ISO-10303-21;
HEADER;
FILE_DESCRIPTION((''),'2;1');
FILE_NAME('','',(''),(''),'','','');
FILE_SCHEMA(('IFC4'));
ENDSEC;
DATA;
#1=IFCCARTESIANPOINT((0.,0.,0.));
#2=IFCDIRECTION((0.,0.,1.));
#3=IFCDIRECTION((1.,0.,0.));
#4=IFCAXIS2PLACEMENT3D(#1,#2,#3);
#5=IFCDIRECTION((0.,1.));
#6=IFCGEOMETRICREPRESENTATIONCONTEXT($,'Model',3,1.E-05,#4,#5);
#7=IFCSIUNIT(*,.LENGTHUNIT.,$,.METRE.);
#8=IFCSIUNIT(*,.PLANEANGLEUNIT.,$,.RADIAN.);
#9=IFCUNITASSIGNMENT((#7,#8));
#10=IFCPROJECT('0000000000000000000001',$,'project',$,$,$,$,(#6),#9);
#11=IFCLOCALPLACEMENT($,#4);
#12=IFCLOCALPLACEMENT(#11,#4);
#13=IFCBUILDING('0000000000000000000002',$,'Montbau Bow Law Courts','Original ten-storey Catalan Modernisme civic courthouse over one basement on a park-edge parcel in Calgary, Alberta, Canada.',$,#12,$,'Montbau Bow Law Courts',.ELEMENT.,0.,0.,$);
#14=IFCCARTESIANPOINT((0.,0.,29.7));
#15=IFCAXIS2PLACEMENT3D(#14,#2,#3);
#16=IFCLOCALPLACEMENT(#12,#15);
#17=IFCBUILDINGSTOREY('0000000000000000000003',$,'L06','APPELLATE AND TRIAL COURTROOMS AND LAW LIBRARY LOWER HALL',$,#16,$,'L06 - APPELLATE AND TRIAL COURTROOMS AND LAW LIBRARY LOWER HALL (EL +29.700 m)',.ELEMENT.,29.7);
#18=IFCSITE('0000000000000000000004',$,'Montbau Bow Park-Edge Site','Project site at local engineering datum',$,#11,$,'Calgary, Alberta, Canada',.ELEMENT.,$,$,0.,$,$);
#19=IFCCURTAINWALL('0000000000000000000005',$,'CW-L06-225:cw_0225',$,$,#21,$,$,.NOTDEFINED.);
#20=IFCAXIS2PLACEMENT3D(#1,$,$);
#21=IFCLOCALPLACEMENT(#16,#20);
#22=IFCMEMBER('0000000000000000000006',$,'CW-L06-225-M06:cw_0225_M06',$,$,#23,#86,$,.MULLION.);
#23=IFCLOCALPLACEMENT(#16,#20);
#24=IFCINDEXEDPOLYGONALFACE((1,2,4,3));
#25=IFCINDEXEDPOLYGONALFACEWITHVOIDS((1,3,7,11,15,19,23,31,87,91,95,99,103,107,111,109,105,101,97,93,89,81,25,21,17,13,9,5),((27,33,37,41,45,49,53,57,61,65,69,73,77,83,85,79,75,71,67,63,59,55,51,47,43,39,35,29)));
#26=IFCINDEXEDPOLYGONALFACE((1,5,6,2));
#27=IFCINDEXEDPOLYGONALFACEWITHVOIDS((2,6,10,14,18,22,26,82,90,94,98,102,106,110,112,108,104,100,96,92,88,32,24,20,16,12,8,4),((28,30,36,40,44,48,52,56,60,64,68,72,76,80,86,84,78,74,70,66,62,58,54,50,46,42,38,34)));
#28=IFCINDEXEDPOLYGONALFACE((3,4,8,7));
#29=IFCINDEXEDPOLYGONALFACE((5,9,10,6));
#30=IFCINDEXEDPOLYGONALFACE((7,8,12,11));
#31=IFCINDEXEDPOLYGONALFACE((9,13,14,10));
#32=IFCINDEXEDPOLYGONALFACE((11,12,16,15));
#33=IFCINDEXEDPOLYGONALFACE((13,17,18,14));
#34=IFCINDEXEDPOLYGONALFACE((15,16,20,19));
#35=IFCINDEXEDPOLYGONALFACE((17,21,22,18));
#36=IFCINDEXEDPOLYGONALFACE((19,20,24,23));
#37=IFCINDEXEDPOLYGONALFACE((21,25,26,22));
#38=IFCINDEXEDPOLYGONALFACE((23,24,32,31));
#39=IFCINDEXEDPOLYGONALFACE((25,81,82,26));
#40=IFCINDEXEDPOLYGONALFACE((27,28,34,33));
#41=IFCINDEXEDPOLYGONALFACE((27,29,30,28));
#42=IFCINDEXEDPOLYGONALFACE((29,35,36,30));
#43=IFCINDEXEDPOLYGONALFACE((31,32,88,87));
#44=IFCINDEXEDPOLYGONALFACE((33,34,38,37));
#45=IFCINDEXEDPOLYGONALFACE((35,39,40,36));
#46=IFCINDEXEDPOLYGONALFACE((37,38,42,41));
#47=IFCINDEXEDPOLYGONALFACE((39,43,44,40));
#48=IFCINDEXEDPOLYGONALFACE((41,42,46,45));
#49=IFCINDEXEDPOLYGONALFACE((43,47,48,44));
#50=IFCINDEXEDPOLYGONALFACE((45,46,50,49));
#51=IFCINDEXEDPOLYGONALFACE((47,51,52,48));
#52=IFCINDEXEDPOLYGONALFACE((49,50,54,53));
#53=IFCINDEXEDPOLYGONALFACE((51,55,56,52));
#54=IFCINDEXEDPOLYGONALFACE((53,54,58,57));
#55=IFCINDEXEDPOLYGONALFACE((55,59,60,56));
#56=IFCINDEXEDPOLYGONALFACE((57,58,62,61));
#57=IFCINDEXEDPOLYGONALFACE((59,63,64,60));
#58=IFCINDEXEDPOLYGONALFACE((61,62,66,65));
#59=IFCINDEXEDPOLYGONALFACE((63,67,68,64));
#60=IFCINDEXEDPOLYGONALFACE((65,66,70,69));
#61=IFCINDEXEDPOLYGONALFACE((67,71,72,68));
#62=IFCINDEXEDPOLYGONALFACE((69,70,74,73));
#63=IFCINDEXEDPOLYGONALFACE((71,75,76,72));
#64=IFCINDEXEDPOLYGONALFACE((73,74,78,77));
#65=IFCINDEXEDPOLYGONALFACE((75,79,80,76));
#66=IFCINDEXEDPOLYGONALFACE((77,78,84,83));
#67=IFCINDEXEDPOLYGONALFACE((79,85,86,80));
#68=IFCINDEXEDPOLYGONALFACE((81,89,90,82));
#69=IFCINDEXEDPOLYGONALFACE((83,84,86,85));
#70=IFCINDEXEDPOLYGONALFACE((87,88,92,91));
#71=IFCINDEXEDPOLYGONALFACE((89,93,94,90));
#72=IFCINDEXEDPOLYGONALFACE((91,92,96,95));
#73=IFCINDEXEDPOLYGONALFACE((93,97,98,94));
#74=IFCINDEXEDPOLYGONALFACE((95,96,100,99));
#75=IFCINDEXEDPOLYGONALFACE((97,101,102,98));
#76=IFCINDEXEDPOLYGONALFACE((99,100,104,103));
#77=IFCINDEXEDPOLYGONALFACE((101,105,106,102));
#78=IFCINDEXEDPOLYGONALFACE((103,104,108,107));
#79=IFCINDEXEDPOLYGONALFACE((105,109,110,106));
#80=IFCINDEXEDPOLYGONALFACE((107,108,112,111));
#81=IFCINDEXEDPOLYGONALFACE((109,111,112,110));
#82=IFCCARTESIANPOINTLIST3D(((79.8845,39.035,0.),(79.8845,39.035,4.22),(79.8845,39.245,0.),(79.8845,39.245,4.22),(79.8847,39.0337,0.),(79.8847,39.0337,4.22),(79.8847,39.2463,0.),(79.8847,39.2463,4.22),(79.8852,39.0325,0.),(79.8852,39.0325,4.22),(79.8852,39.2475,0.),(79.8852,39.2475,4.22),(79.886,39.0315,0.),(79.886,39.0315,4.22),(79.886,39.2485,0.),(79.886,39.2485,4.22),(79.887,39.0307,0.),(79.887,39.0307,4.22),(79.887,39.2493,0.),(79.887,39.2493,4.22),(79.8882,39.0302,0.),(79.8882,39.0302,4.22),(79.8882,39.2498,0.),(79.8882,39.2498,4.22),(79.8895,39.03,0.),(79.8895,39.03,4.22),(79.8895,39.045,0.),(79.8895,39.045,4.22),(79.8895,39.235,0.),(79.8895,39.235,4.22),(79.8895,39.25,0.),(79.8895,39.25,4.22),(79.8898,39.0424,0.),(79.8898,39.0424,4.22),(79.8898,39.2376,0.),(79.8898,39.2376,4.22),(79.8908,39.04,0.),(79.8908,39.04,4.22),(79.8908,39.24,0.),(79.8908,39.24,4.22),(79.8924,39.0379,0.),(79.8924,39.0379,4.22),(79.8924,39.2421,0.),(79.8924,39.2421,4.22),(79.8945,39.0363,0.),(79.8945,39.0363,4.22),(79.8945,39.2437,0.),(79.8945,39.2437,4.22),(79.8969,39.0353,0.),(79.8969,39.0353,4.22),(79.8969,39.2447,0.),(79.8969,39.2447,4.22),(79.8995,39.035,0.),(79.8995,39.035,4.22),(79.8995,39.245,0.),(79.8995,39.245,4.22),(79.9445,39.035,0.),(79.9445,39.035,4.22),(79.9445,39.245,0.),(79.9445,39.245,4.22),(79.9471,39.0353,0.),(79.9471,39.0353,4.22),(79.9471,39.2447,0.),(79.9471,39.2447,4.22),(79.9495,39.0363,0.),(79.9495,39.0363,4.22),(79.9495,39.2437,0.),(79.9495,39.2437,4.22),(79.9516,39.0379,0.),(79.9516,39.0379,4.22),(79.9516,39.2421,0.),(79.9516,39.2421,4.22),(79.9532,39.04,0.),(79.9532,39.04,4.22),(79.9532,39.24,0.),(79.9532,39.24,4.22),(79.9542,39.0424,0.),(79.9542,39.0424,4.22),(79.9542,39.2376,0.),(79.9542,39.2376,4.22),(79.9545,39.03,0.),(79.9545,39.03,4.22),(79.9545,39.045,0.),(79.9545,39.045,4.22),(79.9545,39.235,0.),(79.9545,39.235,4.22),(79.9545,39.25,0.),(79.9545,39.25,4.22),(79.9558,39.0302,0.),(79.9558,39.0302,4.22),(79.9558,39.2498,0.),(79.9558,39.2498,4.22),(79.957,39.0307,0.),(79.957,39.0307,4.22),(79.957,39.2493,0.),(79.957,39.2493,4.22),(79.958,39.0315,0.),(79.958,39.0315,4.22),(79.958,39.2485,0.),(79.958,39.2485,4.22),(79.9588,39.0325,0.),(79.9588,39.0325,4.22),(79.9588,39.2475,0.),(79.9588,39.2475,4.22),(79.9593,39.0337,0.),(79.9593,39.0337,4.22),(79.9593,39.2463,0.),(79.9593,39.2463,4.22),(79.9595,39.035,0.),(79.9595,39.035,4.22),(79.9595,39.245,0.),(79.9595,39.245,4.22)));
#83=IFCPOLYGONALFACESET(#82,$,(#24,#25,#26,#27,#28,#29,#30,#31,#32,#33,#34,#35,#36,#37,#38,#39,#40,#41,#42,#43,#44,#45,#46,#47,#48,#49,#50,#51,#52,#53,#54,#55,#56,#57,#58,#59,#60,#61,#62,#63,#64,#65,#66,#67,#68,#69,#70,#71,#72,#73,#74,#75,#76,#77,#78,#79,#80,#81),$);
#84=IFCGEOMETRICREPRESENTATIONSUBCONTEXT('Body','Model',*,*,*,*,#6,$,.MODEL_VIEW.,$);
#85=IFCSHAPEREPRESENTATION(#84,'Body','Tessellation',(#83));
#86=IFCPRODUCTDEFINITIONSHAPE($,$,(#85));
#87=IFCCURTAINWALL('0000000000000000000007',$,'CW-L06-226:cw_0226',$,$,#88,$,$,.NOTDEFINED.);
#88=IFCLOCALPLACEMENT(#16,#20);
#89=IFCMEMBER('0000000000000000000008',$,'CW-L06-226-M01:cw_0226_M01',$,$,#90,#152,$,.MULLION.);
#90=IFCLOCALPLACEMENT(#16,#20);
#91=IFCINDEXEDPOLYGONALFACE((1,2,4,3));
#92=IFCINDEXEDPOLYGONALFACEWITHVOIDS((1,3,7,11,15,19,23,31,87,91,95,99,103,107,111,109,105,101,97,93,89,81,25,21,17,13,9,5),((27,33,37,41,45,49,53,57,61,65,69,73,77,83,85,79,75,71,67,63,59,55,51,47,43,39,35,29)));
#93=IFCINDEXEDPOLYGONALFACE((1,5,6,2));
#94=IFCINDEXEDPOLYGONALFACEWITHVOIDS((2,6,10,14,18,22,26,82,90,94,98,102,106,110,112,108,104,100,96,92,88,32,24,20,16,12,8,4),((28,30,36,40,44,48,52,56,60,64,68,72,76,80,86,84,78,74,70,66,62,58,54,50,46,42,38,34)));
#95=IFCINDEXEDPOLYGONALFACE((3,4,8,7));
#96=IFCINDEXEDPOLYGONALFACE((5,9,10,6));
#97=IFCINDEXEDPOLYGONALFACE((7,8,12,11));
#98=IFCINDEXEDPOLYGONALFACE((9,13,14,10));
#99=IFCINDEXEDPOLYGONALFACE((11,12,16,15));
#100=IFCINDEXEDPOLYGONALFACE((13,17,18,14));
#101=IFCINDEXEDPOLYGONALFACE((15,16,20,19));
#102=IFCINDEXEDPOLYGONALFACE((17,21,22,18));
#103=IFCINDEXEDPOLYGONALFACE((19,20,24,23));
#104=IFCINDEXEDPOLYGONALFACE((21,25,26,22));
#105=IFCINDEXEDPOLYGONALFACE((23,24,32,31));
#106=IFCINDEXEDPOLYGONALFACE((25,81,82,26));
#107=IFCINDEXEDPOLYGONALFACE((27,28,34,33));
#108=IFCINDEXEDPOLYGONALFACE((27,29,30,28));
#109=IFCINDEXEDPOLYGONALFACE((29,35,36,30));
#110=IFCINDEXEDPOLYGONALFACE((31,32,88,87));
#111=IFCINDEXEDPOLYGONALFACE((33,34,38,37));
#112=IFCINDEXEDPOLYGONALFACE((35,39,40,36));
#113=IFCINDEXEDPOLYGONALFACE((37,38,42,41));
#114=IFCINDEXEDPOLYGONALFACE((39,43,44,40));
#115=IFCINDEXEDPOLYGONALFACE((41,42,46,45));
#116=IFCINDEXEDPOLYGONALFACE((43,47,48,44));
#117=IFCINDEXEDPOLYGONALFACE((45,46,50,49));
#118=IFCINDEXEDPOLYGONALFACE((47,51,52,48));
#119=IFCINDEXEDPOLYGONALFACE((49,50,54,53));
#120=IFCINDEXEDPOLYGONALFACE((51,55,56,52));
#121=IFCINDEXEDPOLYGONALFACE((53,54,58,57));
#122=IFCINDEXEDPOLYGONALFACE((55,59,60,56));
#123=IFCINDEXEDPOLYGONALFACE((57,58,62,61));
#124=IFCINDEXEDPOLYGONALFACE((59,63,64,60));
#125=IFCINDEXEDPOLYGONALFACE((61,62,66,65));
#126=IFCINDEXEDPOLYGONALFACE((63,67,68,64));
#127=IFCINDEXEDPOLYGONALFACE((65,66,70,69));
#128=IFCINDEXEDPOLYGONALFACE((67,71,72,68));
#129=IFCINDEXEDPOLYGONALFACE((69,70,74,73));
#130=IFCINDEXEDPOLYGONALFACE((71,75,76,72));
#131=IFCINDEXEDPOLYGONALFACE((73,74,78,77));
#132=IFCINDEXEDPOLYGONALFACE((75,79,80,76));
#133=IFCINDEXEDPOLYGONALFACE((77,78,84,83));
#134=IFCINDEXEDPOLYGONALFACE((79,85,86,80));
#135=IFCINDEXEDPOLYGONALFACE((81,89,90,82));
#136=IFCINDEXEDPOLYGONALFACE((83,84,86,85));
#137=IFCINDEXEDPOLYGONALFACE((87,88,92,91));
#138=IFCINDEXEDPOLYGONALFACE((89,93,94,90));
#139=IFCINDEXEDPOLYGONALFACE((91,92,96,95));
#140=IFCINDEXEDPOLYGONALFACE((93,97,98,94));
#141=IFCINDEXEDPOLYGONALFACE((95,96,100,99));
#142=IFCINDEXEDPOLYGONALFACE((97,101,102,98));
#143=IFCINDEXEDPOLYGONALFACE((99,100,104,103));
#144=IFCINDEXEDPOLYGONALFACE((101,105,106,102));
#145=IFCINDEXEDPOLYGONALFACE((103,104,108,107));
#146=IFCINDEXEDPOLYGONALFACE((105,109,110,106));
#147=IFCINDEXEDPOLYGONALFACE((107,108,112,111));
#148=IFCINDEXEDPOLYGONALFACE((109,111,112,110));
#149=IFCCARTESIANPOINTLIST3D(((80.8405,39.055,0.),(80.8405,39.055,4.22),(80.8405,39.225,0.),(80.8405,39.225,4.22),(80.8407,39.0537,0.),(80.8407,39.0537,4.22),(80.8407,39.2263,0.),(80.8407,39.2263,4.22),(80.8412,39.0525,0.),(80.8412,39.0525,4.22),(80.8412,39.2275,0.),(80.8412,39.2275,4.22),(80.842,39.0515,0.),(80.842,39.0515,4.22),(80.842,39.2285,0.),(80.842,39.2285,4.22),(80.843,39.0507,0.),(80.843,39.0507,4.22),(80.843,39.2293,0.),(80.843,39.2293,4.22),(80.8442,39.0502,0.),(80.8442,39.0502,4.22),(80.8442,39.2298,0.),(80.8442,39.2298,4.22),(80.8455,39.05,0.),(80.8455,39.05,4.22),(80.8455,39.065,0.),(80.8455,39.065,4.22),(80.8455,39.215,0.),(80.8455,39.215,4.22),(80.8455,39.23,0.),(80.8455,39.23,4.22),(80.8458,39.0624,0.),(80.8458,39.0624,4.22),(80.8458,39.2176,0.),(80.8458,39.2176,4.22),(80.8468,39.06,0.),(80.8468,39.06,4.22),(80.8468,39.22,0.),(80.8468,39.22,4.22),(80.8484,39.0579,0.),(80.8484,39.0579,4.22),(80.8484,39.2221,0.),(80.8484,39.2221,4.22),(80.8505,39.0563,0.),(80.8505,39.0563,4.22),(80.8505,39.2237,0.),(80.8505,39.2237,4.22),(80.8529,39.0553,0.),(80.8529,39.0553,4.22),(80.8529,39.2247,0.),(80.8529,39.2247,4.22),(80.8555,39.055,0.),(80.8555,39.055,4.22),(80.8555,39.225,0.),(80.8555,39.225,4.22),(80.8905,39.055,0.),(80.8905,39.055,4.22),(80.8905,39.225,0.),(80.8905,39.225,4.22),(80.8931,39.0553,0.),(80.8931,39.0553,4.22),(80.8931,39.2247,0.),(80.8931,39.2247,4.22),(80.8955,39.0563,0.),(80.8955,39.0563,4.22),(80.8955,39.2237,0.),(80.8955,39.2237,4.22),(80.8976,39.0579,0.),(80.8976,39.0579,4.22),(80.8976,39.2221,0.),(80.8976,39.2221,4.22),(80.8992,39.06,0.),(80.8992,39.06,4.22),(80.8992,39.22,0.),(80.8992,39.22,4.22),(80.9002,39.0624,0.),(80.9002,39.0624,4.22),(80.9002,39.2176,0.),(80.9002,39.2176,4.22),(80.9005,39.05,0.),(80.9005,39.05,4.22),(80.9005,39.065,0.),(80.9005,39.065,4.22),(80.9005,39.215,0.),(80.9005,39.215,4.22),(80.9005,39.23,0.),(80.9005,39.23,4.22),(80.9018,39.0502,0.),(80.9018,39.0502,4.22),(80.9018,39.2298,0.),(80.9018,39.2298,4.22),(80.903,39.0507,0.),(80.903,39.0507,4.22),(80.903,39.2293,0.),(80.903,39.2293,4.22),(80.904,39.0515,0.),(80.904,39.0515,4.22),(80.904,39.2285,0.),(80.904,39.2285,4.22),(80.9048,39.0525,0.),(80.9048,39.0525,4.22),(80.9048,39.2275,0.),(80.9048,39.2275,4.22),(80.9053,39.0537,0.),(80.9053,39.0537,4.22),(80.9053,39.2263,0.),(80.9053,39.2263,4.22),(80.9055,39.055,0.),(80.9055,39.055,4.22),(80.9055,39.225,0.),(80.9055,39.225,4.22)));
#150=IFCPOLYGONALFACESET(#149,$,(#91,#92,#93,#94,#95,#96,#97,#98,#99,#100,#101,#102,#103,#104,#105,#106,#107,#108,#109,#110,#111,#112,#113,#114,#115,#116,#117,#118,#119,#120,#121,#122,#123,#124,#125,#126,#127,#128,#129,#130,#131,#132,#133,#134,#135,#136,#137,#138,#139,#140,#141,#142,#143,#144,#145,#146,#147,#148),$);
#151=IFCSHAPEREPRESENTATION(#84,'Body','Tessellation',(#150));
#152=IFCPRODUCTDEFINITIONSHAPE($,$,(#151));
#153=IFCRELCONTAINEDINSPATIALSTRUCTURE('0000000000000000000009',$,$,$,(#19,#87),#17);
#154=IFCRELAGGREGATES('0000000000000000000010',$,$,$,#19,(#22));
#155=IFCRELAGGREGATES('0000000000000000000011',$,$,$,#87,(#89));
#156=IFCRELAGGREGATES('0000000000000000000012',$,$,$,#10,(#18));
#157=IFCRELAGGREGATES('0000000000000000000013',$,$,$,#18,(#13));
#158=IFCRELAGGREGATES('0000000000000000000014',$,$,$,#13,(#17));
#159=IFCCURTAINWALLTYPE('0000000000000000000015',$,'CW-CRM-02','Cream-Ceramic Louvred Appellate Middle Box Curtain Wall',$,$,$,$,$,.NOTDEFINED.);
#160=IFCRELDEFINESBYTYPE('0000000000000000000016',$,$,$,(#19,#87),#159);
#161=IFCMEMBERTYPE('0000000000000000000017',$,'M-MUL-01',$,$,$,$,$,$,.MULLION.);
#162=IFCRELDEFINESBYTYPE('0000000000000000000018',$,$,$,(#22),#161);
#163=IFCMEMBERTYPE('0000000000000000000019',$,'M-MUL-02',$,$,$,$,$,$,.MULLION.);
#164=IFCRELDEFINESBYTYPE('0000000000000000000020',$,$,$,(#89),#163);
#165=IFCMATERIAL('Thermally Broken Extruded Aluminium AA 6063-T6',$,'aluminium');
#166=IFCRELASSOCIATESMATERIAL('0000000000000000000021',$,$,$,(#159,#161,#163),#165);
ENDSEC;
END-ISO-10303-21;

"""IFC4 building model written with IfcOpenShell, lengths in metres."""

from ifc_helpers import new_model, si_unit, direction, frame, origin_with_axes, origin_2d_with_axis, place, context, subcontext, project, spatial, hollow_rectangle, extrude, material, material_profile, profile_set, type_object, element, aggregate, save


model = new_model("IFC4")

# Units and contexts
model_context = context("Model", 3, precision=1e-05, world=origin_with_axes(), true_north=direction((0.0, 1.0)))
body_context = subcontext(model_context, "Body", "Model", "MODEL_VIEW")
ifc_project = project(units=[si_unit("LENGTHUNIT", "METRE"), si_unit("PLANEANGLEUNIT", "RADIAN")], contexts=[model_context])

# Site, building, storey
site_placement = place(None, origin_with_axes())
site = spatial("IfcSite", under=ifc_project, at=site_placement, Name="Montbau Bow Park-Edge Site", Description="Project site at local engineering datum", LongName="Calgary, Alberta, Canada", CompositionType="ELEMENT", RefElevation=0.0)
building_placement = place(site_placement, origin_with_axes())
building = spatial("IfcBuilding", under=site, at=building_placement, Name="Montbau Bow Law Courts", Description="Original ten-storey Catalan Modernisme civic courthouse over one basement on a park-edge parcel in Calgary, Alberta, Canada.", LongName="Montbau Bow Law Courts", CompositionType="ELEMENT", ElevationOfRefHeight=0.0, ElevationOfTerrain=0.0)
storey_placement = place(building_placement, frame((0.0, 0.0, 29.7), z_axis=(0.0, 0.0, 1.0), x_axis=(1.0, 0.0, 0.0)))
storey = spatial("IfcBuildingStorey", under=building, at=storey_placement, Name="L06", Description="APPELLATE AND TRIAL COURTROOMS AND LAW LIBRARY LOWER HALL", LongName="L06 - APPELLATE AND TRIAL COURTROOMS AND LAW LIBRARY LOWER HALL (EL +29.700 m)", CompositionType="ELEMENT", Elevation=29.7)

# Curtain wall, member
ifc_material_1 = material(Name="Thermally Broken Extruded Aluminium AA 6063-T6", Category="aluminium")
curtain_wall_type = type_object("IfcCurtainWallType", Name="CW-CRM-02", Description="Cream-Ceramic Louvred Appellate Middle Box Curtain Wall", PredefinedType="NOTDEFINED", material=ifc_material_1)
curtain_wall_1_placement = place(None, frame((72.44, 39.14, 29.7), z_axis=(0.0, 0.0, 1.0), x_axis=(1.0, 0.0, 0.0)))
curtain_wall_1 = element("IfcCurtainWall", 1, at=curtain_wall_1_placement, inside=storey, type_object=curtain_wall_type, Name="CW-L06-225:cw_0225", PredefinedType="NOTDEFINED")
ifc_material_profile_1 = material_profile(ifc_material_1, hollow_rectangle(XDim=0.075, YDim=0.22, WallThickness=0.005, InnerFilletRadius=0.01, OuterFilletRadius=0.005, at=origin_2d_with_axis()), Name="CWM-220X75", Category="Main", Priority=0)
ifc_profile_set_1 = profile_set([ifc_material_profile_1], Name="Thermally Broken Extruded Aluminium AA 6063-T6")
member_type_1 = type_object("IfcMemberType", Name="M-MUL-01", PredefinedType="MULLION", material=ifc_profile_set_1)
member_1_placement = place(None, frame((79.922, 39.14, 29.7), z_axis=(0.0, 0.0, 1.0), x_axis=(1.0, 0.0, 0.0)))
member_1 = element("IfcMember", 2, at=member_1_placement, type_object=member_type_1, Name="CW-L06-225-M06:cw_0225_M06", PredefinedType="MULLION", context=body_context, shape_type="SweptSolid", body=[
    extrude(hollow_rectangle(XDim=0.075, YDim=0.22, WallThickness=0.005, InnerFilletRadius=0.01, OuterFilletRadius=0.005, at=origin_2d_with_axis()), origin_with_axes(), (0.0, 0.0, 1.0), 4.22),
])

# Curtain wall, member
curtain_wall_2_placement = place(None, frame((80.84, 39.14, 29.7), z_axis=(0.0, 0.0, 1.0), x_axis=(1.0, 0.0, 0.0)))
curtain_wall_2 = element("IfcCurtainWall", 3, at=curtain_wall_2_placement, inside=storey, type_object=curtain_wall_type, Name="CW-L06-226:cw_0226", PredefinedType="NOTDEFINED")
ifc_material_profile_2 = material_profile(ifc_material_1, hollow_rectangle(XDim=0.065, YDim=0.18, WallThickness=0.005, InnerFilletRadius=0.01, OuterFilletRadius=0.005, at=origin_2d_with_axis()), Name="CWM-180X65", Category="Main", Priority=0)
ifc_profile_set_2 = profile_set([ifc_material_profile_2], Name="Thermally Broken Extruded Aluminium AA 6063-T6")
member_type_2 = type_object("IfcMemberType", Name="M-MUL-02", PredefinedType="MULLION", material=ifc_profile_set_2)
member_2_placement = place(None, frame((80.873, 39.14, 29.7), z_axis=(0.0, 0.0, 1.0), x_axis=(1.0, 0.0, 0.0)))
member_2 = element("IfcMember", 4, at=member_2_placement, type_object=member_type_2, Name="CW-L06-226-M01:cw_0226_M01", PredefinedType="MULLION", context=body_context, shape_type="SweptSolid", body=[
    extrude(hollow_rectangle(XDim=0.065, YDim=0.18, WallThickness=0.005, InnerFilletRadius=0.01, OuterFilletRadius=0.005, at=origin_2d_with_axis()), origin_with_axes(), (0.0, 0.0, 1.0), 4.22),
])

aggregate(curtain_wall_1, [member_1])
aggregate(curtain_wall_2, [member_2])

save(model, "model.ifc")
